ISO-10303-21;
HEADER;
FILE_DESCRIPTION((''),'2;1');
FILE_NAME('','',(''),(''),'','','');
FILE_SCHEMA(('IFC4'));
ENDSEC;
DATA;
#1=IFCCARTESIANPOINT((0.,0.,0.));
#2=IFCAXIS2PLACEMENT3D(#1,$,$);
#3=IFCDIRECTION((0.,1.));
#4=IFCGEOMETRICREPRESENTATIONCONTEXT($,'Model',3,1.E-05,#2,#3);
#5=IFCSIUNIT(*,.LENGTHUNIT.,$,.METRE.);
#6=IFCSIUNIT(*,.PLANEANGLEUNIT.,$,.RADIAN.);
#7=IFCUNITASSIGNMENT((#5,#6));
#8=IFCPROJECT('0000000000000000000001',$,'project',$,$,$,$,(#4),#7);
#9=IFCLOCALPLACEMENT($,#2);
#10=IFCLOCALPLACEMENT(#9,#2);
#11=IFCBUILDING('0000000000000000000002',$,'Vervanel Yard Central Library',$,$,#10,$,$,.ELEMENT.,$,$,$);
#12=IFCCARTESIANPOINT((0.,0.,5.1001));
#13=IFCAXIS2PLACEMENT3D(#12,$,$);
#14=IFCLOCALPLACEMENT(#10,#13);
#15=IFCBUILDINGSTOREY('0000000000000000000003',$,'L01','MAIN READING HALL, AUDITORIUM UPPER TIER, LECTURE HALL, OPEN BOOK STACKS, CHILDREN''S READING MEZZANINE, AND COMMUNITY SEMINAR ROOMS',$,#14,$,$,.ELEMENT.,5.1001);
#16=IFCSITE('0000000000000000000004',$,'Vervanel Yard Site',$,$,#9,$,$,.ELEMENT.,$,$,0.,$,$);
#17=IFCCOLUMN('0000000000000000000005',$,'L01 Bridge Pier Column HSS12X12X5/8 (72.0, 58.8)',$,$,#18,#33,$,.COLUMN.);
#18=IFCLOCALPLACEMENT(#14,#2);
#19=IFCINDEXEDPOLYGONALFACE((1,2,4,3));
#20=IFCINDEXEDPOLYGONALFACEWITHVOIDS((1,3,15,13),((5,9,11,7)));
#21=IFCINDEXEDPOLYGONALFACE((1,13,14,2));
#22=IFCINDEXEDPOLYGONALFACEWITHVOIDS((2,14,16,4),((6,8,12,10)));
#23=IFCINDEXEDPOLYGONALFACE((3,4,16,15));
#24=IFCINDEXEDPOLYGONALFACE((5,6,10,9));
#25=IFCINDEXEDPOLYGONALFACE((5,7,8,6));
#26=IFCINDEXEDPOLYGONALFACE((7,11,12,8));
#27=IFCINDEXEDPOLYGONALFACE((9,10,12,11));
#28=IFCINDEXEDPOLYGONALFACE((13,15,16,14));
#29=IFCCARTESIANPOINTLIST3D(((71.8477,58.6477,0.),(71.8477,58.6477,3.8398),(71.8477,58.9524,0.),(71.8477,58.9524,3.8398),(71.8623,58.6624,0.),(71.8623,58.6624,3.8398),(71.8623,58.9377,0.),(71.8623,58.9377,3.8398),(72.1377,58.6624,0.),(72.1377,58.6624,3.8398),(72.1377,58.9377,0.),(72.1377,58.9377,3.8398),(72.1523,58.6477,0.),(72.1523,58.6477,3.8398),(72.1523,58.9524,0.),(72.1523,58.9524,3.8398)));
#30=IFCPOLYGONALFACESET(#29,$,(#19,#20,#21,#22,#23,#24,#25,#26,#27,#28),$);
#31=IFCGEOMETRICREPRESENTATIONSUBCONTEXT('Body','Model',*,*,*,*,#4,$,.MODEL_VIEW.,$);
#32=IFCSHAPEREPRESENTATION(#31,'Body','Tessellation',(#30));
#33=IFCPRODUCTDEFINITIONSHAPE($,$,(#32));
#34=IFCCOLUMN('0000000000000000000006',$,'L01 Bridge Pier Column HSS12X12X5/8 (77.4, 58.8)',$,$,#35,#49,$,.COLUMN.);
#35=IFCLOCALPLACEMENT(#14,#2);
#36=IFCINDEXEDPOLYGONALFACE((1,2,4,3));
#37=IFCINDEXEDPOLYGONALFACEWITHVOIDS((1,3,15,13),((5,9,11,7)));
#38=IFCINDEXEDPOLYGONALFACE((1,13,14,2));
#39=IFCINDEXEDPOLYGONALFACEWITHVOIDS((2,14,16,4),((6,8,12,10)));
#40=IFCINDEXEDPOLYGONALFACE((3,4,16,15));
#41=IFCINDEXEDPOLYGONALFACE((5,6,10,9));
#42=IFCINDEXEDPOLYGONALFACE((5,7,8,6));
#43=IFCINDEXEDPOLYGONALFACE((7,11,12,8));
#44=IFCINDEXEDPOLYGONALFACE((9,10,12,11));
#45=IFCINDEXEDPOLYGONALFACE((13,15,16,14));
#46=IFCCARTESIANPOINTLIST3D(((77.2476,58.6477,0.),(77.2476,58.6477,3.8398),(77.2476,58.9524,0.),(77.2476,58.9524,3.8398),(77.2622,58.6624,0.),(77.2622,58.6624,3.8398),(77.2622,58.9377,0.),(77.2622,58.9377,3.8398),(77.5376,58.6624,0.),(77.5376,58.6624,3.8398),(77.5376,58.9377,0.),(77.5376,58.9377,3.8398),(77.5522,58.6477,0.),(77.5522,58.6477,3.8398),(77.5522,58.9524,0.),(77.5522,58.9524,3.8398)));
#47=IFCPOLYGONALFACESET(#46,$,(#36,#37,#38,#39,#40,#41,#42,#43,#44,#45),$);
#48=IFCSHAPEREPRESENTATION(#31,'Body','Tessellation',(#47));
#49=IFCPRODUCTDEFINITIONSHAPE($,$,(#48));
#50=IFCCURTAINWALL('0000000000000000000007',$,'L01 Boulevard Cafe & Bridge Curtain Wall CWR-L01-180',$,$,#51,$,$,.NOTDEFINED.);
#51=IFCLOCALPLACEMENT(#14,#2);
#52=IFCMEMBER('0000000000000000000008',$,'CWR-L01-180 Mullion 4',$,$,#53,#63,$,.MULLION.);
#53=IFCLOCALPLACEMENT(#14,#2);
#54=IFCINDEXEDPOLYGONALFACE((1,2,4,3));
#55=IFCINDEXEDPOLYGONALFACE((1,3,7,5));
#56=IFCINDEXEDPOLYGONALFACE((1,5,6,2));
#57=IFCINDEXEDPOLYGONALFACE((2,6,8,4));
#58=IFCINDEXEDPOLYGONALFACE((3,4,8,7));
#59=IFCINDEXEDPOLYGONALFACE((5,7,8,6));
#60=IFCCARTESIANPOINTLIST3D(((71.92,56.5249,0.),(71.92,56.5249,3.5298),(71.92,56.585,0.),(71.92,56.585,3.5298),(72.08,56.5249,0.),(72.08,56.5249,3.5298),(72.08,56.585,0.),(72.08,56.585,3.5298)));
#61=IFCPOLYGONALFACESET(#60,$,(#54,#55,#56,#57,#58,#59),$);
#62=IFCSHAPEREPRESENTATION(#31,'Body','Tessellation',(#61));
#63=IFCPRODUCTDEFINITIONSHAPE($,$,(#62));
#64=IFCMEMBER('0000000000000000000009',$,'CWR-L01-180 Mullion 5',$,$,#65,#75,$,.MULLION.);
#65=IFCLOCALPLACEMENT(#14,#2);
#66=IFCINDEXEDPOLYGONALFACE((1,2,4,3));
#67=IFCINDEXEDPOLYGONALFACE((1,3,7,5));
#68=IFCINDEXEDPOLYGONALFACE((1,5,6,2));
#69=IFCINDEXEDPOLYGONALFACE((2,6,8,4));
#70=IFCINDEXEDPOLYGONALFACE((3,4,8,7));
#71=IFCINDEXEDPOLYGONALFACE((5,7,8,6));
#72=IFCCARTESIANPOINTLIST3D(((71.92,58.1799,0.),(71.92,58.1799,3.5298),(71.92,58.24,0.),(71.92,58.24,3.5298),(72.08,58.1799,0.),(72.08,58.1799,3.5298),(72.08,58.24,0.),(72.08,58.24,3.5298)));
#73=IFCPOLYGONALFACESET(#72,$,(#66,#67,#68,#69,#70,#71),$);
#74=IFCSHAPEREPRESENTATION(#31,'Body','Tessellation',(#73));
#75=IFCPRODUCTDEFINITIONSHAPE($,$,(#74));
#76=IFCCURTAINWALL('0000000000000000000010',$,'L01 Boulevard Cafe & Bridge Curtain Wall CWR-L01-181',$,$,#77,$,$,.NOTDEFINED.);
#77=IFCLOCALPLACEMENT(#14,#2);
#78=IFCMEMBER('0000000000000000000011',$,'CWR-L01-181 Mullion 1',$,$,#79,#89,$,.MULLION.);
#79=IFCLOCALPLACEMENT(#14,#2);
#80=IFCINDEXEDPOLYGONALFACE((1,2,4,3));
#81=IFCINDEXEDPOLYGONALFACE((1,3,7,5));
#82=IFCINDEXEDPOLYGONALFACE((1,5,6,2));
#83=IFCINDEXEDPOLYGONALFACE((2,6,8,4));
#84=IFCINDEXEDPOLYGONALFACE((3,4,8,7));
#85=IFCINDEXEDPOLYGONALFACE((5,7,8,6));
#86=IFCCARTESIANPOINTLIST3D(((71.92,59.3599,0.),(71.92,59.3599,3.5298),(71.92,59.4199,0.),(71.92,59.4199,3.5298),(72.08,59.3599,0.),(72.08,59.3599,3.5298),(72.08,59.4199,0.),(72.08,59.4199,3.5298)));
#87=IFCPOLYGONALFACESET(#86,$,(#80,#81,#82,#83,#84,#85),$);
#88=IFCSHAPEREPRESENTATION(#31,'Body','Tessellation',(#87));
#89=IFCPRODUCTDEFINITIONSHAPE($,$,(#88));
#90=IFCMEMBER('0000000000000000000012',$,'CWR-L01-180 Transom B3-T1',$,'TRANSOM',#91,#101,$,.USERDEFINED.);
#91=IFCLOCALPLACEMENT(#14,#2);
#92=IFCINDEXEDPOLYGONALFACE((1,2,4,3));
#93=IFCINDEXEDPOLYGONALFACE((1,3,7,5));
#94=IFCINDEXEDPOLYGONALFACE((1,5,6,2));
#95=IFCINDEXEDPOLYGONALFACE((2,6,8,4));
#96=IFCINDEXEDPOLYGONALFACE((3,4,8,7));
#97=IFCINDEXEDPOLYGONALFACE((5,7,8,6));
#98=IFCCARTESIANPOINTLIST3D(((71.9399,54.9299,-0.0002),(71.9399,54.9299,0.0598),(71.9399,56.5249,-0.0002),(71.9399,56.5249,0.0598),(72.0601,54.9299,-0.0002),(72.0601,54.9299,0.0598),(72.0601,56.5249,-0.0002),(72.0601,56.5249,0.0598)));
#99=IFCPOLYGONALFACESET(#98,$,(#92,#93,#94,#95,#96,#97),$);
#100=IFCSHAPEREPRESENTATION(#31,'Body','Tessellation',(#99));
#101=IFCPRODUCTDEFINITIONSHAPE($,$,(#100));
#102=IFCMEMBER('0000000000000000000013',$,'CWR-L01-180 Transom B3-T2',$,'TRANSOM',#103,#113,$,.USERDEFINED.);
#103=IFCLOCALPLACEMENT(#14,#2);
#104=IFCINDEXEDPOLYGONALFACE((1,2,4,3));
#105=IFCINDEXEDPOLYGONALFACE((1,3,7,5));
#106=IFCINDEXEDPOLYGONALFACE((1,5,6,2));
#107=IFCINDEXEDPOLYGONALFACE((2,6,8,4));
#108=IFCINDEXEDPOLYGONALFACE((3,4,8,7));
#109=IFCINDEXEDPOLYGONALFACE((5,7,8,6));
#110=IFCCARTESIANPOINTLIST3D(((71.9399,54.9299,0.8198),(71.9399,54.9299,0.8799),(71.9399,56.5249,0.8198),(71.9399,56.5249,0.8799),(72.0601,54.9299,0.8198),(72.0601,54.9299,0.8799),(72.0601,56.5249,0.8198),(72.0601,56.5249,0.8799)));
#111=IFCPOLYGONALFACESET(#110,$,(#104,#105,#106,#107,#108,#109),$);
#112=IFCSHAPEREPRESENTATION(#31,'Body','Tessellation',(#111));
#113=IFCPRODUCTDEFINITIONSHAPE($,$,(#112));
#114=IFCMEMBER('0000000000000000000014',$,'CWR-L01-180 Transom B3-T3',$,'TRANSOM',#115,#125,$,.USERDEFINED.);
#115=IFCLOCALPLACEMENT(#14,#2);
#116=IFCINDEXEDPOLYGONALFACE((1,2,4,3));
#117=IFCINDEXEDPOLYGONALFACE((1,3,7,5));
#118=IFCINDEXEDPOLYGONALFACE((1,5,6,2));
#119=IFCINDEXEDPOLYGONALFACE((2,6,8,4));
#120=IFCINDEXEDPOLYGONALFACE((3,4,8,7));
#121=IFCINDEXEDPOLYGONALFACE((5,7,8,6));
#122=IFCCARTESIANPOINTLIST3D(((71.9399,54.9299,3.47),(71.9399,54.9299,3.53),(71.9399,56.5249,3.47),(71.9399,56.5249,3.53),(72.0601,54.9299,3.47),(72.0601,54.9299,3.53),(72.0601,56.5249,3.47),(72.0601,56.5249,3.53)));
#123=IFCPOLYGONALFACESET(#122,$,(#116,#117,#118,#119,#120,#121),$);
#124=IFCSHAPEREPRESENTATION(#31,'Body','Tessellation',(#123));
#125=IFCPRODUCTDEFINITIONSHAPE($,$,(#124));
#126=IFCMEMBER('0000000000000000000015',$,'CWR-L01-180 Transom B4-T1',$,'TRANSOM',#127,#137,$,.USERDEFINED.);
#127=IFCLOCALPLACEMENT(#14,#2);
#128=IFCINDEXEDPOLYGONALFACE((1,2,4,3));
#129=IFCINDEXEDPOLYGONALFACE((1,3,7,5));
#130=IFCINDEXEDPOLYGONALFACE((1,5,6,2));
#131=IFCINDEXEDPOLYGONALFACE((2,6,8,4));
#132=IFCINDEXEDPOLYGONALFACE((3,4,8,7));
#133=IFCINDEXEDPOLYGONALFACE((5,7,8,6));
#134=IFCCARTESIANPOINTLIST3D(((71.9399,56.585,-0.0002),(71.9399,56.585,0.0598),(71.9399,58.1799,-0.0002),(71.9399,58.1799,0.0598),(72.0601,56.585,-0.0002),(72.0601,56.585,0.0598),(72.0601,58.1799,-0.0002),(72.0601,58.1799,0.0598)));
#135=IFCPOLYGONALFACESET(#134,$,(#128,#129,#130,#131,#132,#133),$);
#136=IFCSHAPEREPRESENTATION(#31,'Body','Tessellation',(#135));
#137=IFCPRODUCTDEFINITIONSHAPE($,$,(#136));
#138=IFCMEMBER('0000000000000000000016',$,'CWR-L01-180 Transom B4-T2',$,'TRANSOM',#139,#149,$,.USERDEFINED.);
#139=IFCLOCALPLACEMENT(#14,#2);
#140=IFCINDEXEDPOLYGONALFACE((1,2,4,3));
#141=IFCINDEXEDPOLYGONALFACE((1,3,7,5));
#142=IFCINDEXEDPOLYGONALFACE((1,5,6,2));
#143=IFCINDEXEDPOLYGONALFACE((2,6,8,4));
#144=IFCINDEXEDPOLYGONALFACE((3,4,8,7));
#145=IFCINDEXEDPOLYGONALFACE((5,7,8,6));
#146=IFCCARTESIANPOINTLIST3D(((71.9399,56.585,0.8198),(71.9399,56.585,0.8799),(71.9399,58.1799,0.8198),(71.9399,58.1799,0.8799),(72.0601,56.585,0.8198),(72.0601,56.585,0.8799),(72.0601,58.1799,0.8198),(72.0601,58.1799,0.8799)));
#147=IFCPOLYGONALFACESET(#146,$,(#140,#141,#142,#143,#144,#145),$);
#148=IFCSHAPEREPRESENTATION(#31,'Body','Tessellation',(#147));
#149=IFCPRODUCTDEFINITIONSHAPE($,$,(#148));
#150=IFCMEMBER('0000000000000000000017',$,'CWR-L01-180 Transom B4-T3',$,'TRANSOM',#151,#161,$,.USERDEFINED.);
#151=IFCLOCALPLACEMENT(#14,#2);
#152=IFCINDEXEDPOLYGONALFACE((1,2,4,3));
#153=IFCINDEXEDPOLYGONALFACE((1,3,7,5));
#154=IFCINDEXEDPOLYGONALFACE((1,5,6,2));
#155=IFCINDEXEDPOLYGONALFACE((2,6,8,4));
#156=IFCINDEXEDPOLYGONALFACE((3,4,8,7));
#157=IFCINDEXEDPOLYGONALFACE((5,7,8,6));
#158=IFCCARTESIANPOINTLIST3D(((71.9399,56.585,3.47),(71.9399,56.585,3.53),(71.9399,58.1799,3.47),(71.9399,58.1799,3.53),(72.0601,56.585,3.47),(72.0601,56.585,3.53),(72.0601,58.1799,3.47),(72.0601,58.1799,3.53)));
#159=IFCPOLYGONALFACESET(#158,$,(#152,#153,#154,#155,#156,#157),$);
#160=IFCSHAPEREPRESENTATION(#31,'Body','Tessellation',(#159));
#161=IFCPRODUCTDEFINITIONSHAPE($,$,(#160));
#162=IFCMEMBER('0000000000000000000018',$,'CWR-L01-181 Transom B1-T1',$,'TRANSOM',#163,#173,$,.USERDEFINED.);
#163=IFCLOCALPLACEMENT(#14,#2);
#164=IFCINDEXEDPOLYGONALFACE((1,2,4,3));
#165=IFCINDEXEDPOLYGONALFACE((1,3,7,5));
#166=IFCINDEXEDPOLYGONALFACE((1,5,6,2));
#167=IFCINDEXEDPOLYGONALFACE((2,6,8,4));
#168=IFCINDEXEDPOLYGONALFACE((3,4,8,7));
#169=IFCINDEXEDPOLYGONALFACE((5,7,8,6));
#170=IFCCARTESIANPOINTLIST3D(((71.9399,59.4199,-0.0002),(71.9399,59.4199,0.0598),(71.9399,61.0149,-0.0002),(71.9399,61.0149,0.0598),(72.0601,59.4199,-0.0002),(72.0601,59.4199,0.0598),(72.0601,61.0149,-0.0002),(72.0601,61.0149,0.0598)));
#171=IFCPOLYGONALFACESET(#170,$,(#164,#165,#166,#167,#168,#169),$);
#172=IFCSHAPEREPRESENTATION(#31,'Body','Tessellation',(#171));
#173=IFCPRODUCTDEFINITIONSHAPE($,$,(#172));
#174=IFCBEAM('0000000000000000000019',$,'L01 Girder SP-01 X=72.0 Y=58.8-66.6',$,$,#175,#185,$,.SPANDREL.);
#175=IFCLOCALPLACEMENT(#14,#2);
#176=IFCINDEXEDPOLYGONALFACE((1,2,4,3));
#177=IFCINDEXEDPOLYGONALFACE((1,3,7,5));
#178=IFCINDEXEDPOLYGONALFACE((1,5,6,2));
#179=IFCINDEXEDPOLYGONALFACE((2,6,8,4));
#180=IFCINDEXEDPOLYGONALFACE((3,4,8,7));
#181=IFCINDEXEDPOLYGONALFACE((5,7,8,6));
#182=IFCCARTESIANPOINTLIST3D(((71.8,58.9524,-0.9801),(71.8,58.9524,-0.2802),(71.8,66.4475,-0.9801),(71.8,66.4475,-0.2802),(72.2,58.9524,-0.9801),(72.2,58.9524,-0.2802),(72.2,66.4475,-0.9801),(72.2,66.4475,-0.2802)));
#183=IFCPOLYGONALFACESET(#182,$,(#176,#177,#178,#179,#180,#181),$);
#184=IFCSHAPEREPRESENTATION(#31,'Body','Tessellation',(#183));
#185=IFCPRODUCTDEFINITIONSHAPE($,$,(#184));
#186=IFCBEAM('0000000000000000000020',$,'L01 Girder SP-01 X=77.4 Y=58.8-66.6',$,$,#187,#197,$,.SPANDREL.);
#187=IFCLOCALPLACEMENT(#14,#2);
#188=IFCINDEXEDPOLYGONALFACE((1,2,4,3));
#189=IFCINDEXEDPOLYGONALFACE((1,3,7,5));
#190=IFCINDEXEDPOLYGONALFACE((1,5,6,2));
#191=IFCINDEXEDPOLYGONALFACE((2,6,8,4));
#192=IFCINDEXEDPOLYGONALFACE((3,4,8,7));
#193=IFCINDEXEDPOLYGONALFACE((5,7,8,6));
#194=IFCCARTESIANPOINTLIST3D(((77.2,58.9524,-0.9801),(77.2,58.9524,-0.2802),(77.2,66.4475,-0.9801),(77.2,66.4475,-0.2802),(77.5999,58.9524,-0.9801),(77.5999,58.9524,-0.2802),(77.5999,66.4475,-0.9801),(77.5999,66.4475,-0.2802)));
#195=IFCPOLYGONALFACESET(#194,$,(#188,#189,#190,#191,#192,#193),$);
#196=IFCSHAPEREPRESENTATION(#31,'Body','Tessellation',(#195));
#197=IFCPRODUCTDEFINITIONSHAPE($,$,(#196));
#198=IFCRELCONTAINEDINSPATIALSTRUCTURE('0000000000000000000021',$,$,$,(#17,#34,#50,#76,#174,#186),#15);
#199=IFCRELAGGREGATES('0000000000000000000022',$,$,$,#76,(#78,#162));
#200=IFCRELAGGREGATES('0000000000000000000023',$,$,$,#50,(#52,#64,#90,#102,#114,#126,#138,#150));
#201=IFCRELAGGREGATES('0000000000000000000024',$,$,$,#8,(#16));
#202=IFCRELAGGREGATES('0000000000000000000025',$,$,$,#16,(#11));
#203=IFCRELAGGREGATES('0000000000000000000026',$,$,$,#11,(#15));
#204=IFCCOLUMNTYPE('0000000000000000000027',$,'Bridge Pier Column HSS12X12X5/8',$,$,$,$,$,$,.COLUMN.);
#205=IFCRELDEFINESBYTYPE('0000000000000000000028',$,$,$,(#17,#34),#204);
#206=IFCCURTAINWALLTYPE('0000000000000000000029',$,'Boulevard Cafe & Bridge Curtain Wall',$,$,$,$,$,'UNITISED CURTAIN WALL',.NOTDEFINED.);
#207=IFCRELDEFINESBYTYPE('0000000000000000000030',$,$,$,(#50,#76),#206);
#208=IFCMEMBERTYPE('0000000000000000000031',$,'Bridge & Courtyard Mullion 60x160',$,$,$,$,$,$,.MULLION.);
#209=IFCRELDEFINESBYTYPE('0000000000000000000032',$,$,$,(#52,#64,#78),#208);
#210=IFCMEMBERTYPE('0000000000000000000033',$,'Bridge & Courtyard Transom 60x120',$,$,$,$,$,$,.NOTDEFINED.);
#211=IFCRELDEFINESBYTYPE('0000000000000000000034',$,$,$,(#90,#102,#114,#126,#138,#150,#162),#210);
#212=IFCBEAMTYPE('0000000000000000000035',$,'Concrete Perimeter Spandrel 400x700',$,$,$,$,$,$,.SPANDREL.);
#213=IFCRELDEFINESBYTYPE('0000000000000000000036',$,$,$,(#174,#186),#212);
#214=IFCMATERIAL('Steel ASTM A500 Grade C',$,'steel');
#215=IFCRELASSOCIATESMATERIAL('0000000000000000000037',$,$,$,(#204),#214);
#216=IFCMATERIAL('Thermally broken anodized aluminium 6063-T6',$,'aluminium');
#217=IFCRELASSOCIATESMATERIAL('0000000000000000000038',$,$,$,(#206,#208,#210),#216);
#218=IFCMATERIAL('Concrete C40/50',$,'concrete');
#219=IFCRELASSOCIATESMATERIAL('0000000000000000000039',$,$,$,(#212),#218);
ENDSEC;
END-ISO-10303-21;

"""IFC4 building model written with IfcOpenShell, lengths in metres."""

from ifc_helpers import new_model, si_unit, direction, frame, origin, origin_2d, place, context, subcontext, project, spatial, rectangle, hollow_rectangle, extrude, material, material_profile, profile_set, type_object, element, aggregate, save


model = new_model("IFC4")

# Units and contexts
model_context = context("Model", 3, precision=1e-05, world=origin(), true_north=direction((0.0, 1.0)))
body_context = subcontext(model_context, "Body", "Model", "MODEL_VIEW")
ifc_project = project(units=[si_unit("LENGTHUNIT", "METRE"), si_unit("PLANEANGLEUNIT", "RADIAN")], contexts=[model_context])

# Site, building, storey
site_placement = place(None, origin())
site = spatial("IfcSite", under=ifc_project, at=site_placement, Name="Vervanel Yard Site", CompositionType="ELEMENT", RefElevation=0.0)
building_placement = place(site_placement, origin())
building = spatial("IfcBuilding", under=site, at=building_placement, Name="Vervanel Yard Central Library", CompositionType="ELEMENT")
storey_placement = place(building_placement, frame((0.0, 0.0, 5.1001)))
storey = spatial("IfcBuildingStorey", under=building, at=storey_placement, Name="L01", Description="MAIN READING HALL, AUDITORIUM UPPER TIER, LECTURE HALL, OPEN BOOK STACKS, CHILDREN'S READING MEZZANINE, AND COMMUNITY SEMINAR ROOMS", CompositionType="ELEMENT", Elevation=5.1001)

# Columns
ifc_material_1 = material(Name="Steel ASTM A500 Grade C", Category="steel")
ifc_material_profile_1 = material_profile(ifc_material_1, hollow_rectangle(XDim=0.3047, YDim=0.3047, WallThickness=0.0146, at=origin_2d()), Name="HSS12X12X5/8", Category="steel")
ifc_profile_set_1 = profile_set([ifc_material_profile_1], Name="Steel ASTM A500 Grade C")
column_type = type_object("IfcColumnType", Name="Bridge Pier Column HSS12X12X5/8", PredefinedType="COLUMN", material=ifc_profile_set_1)
for number, where, z_axis, x_axis, name in (
    (1, (72.0, 58.8, 0.0), (0.0, 0.0, 1.0), (1.0, 0.0, 0.0), "L01 Bridge Pier Column HSS12X12X5/8 (72.0, 58.8)"),
    (2, (77.3999, 58.8, 0.0), (0.0, 0.0, 1.0), (1.0, 0.0, 0.0), "L01 Bridge Pier Column HSS12X12X5/8 (77.4, 58.8)"),
):
    element("IfcColumn", number, at=place(storey_placement, frame(where, z_axis=z_axis, x_axis=x_axis)), inside=storey, type_object=column_type, Name=name, PredefinedType="COLUMN", context=body_context, shape_type="SweptSolid", body=[
        extrude(hollow_rectangle(XDim=0.3047, YDim=0.3047, WallThickness=0.0146, at=origin_2d()), origin(), (0.0, 0.0, 1.0), 3.8398),
    ])

# Curtain wall, members
ifc_material_2 = material(Name="Thermally broken anodized aluminium 6063-T6", Category="aluminium")
curtain_wall_type = type_object("IfcCurtainWallType", Name="Boulevard Cafe & Bridge Curtain Wall", ElementType="UNITISED CURTAIN WALL", PredefinedType="NOTDEFINED", material=ifc_material_2)
curtain_wall_1_placement = place(storey_placement, origin())
curtain_wall_1 = element("IfcCurtainWall", 3, at=curtain_wall_1_placement, inside=storey, type_object=curtain_wall_type, Name="L01 Boulevard Cafe & Bridge Curtain Wall CWR-L01-180", PredefinedType="NOTDEFINED")
ifc_material_profile_2 = material_profile(ifc_material_2, rectangle(XDim=0.0601, YDim=0.1599, at=origin_2d()), Name="ALU 60x160", Category="aluminium")
ifc_profile_set_2 = profile_set([ifc_material_profile_2], Name="Thermally broken anodized aluminium 6063-T6")
member_type_1 = type_object("IfcMemberType", Name="Bridge & Courtyard Mullion 60x160", PredefinedType="MULLION", material=ifc_profile_set_2)
member_1_placement = place(storey_placement, frame((72.0, 56.5549, 0.0), z_axis=(0.0, 0.0, 1.0), x_axis=(0.0, 1.0, 0.0)))
member_1 = element("IfcMember", 4, at=member_1_placement, type_object=member_type_1, Name="CWR-L01-180 Mullion 4", PredefinedType="MULLION", context=body_context, shape_type="SweptSolid", body=[
    extrude(rectangle(XDim=0.0601, YDim=0.1599, at=origin_2d()), origin(), (0.0, 0.0, 1.0), 3.5298),
])
member_2_placement = place(storey_placement, frame((72.0, 58.21, 0.0), z_axis=(0.0, 0.0, 1.0), x_axis=(0.0, 1.0, 0.0)))
member_2 = element("IfcMember", 5, at=member_2_placement, type_object=member_type_1, Name="CWR-L01-180 Mullion 5", PredefinedType="MULLION", context=body_context, shape_type="SweptSolid", body=[
    extrude(rectangle(XDim=0.0601, YDim=0.1599, at=origin_2d()), origin(), (0.0, 0.0, 1.0), 3.5298),
])

# Curtain wall, member
curtain_wall_2_placement = place(storey_placement, origin())
curtain_wall_2 = element("IfcCurtainWall", 6, at=curtain_wall_2_placement, inside=storey, type_object=curtain_wall_type, Name="L01 Boulevard Cafe & Bridge Curtain Wall CWR-L01-181", PredefinedType="NOTDEFINED")
member_3_placement = place(storey_placement, frame((72.0, 59.3899, 0.0), z_axis=(0.0, 0.0, 1.0), x_axis=(0.0, 1.0, 0.0)))
member_3 = element("IfcMember", 7, at=member_3_placement, type_object=member_type_1, Name="CWR-L01-181 Mullion 1", PredefinedType="MULLION", context=body_context, shape_type="SweptSolid", body=[
    extrude(rectangle(XDim=0.0601, YDim=0.1599, at=origin_2d()), origin(), (0.0, 0.0, 1.0), 3.5298),
])

# Members
ifc_material_profile_3 = material_profile(ifc_material_2, rectangle(XDim=0.0601, YDim=0.1201, at=origin_2d()), Name="ALU 60x120", Category="aluminium")
ifc_profile_set_3 = profile_set([ifc_material_profile_3], Name="Thermally broken anodized aluminium 6063-T6")
member_type_2 = type_object("IfcMemberType", Name="Bridge & Courtyard Transom 60x120", PredefinedType="NOTDEFINED", material=ifc_profile_set_3)
member_4_placement = place(storey_placement, frame((72.0, 54.9299, 0.0298), z_axis=(0.0, 1.0, 0.0), x_axis=(0.0, 0.0, 1.0)))
member_4 = element("IfcMember", 8, at=member_4_placement, type_object=member_type_2, Name="CWR-L01-180 Transom B3-T1", ObjectType="TRANSOM", PredefinedType="USERDEFINED", context=body_context, shape_type="SweptSolid", body=[
    extrude(rectangle(XDim=0.0601, YDim=0.1201, at=origin_2d()), origin(), (0.0, 0.0, 1.0), 1.595),
])
member_5_placement = place(storey_placement, frame((72.0, 54.9299, 0.8499), z_axis=(0.0, 1.0, 0.0), x_axis=(0.0, 0.0, 1.0)))
member_5 = element("IfcMember", 9, at=member_5_placement, type_object=member_type_2, Name="CWR-L01-180 Transom B3-T2", ObjectType="TRANSOM", PredefinedType="USERDEFINED", context=body_context, shape_type="SweptSolid", body=[
    extrude(rectangle(XDim=0.0601, YDim=0.1201, at=origin_2d()), origin(), (0.0, 0.0, 1.0), 1.595),
])
member_6_placement = place(storey_placement, frame((72.0, 54.9299, 3.5), z_axis=(0.0, 1.0, 0.0), x_axis=(0.0, 0.0, 1.0)))
member_6 = element("IfcMember", 10, at=member_6_placement, type_object=member_type_2, Name="CWR-L01-180 Transom B3-T3", ObjectType="TRANSOM", PredefinedType="USERDEFINED", context=body_context, shape_type="SweptSolid", body=[
    extrude(rectangle(XDim=0.0601, YDim=0.1201, at=origin_2d()), origin(), (0.0, 0.0, 1.0), 1.595),
])
member_7_placement = place(storey_placement, frame((72.0, 56.585, 0.0298), z_axis=(0.0, 1.0, 0.0), x_axis=(0.0, 0.0, 1.0)))
member_7 = element("IfcMember", 11, at=member_7_placement, type_object=member_type_2, Name="CWR-L01-180 Transom B4-T1", ObjectType="TRANSOM", PredefinedType="USERDEFINED", context=body_context, shape_type="SweptSolid", body=[
    extrude(rectangle(XDim=0.0601, YDim=0.1201, at=origin_2d()), origin(), (0.0, 0.0, 1.0), 1.595),
])
member_8_placement = place(storey_placement, frame((72.0, 56.585, 0.8499), z_axis=(0.0, 1.0, 0.0), x_axis=(0.0, 0.0, 1.0)))
member_8 = element("IfcMember", 12, at=member_8_placement, type_object=member_type_2, Name="CWR-L01-180 Transom B4-T2", ObjectType="TRANSOM", PredefinedType="USERDEFINED", context=body_context, shape_type="SweptSolid", body=[
    extrude(rectangle(XDim=0.0601, YDim=0.1201, at=origin_2d()), origin(), (0.0, 0.0, 1.0), 1.595),
])
member_9_placement = place(storey_placement, frame((72.0, 56.585, 3.5), z_axis=(0.0, 1.0, 0.0), x_axis=(0.0, 0.0, 1.0)))
member_9 = element("IfcMember", 13, at=member_9_placement, type_object=member_type_2, Name="CWR-L01-180 Transom B4-T3", ObjectType="TRANSOM", PredefinedType="USERDEFINED", context=body_context, shape_type="SweptSolid", body=[
    extrude(rectangle(XDim=0.0601, YDim=0.1201, at=origin_2d()), origin(), (0.0, 0.0, 1.0), 1.595),
])
member_10_placement = place(storey_placement, frame((72.0, 59.4199, 0.0298), z_axis=(0.0, 1.0, 0.0), x_axis=(0.0, 0.0, 1.0)))
member_10 = element("IfcMember", 14, at=member_10_placement, type_object=member_type_2, Name="CWR-L01-181 Transom B1-T1", ObjectType="TRANSOM", PredefinedType="USERDEFINED", context=body_context, shape_type="SweptSolid", body=[
    extrude(rectangle(XDim=0.0601, YDim=0.1201, at=origin_2d()), origin(), (0.0, 0.0, 1.0), 1.595),
])
aggregate(curtain_wall_2, [member_3, member_10])

# Beams
ifc_material_3 = material(Name="Concrete C40/50", Category="concrete")
ifc_material_profile_4 = material_profile(ifc_material_3, rectangle(XDim=0.3999, YDim=0.7, at=origin_2d()), Name="RC 400x700", Category="concrete")
ifc_profile_set_4 = profile_set([ifc_material_profile_4], Name="Concrete C40/50")
beam_type_1 = type_object("IfcBeamType", Name="Concrete Perimeter Spandrel 400x700", PredefinedType="SPANDREL", material=ifc_profile_set_4)
for number, where, z_axis, x_axis, name in (
    (15, (72.0, 58.9524, -0.6301), (0.0, 1.0, 0.0), (-1.0, 0.0, 0.0), "L01 Girder SP-01 X=72.0 Y=58.8-66.6"),
    (16, (77.3999, 58.9524, -0.6301), (0.0, 1.0, 0.0), (-1.0, 0.0, 0.0), "L01 Girder SP-01 X=77.4 Y=58.8-66.6"),
):
    element("IfcBeam", number, at=place(storey_placement, frame(where, z_axis=z_axis, x_axis=x_axis)), inside=storey, type_object=beam_type_1, Name=name, PredefinedType="SPANDREL", context=body_context, shape_type="SweptSolid", body=[
        extrude(rectangle(XDim=0.3999, YDim=0.7, at=origin_2d()), origin(), (0.0, 0.0, 1.0), 7.4951),
    ])

aggregate(curtain_wall_1, [member_1, member_2, member_4, member_5, member_6, member_7, member_8, member_9])

save(model, "model.ifc")
